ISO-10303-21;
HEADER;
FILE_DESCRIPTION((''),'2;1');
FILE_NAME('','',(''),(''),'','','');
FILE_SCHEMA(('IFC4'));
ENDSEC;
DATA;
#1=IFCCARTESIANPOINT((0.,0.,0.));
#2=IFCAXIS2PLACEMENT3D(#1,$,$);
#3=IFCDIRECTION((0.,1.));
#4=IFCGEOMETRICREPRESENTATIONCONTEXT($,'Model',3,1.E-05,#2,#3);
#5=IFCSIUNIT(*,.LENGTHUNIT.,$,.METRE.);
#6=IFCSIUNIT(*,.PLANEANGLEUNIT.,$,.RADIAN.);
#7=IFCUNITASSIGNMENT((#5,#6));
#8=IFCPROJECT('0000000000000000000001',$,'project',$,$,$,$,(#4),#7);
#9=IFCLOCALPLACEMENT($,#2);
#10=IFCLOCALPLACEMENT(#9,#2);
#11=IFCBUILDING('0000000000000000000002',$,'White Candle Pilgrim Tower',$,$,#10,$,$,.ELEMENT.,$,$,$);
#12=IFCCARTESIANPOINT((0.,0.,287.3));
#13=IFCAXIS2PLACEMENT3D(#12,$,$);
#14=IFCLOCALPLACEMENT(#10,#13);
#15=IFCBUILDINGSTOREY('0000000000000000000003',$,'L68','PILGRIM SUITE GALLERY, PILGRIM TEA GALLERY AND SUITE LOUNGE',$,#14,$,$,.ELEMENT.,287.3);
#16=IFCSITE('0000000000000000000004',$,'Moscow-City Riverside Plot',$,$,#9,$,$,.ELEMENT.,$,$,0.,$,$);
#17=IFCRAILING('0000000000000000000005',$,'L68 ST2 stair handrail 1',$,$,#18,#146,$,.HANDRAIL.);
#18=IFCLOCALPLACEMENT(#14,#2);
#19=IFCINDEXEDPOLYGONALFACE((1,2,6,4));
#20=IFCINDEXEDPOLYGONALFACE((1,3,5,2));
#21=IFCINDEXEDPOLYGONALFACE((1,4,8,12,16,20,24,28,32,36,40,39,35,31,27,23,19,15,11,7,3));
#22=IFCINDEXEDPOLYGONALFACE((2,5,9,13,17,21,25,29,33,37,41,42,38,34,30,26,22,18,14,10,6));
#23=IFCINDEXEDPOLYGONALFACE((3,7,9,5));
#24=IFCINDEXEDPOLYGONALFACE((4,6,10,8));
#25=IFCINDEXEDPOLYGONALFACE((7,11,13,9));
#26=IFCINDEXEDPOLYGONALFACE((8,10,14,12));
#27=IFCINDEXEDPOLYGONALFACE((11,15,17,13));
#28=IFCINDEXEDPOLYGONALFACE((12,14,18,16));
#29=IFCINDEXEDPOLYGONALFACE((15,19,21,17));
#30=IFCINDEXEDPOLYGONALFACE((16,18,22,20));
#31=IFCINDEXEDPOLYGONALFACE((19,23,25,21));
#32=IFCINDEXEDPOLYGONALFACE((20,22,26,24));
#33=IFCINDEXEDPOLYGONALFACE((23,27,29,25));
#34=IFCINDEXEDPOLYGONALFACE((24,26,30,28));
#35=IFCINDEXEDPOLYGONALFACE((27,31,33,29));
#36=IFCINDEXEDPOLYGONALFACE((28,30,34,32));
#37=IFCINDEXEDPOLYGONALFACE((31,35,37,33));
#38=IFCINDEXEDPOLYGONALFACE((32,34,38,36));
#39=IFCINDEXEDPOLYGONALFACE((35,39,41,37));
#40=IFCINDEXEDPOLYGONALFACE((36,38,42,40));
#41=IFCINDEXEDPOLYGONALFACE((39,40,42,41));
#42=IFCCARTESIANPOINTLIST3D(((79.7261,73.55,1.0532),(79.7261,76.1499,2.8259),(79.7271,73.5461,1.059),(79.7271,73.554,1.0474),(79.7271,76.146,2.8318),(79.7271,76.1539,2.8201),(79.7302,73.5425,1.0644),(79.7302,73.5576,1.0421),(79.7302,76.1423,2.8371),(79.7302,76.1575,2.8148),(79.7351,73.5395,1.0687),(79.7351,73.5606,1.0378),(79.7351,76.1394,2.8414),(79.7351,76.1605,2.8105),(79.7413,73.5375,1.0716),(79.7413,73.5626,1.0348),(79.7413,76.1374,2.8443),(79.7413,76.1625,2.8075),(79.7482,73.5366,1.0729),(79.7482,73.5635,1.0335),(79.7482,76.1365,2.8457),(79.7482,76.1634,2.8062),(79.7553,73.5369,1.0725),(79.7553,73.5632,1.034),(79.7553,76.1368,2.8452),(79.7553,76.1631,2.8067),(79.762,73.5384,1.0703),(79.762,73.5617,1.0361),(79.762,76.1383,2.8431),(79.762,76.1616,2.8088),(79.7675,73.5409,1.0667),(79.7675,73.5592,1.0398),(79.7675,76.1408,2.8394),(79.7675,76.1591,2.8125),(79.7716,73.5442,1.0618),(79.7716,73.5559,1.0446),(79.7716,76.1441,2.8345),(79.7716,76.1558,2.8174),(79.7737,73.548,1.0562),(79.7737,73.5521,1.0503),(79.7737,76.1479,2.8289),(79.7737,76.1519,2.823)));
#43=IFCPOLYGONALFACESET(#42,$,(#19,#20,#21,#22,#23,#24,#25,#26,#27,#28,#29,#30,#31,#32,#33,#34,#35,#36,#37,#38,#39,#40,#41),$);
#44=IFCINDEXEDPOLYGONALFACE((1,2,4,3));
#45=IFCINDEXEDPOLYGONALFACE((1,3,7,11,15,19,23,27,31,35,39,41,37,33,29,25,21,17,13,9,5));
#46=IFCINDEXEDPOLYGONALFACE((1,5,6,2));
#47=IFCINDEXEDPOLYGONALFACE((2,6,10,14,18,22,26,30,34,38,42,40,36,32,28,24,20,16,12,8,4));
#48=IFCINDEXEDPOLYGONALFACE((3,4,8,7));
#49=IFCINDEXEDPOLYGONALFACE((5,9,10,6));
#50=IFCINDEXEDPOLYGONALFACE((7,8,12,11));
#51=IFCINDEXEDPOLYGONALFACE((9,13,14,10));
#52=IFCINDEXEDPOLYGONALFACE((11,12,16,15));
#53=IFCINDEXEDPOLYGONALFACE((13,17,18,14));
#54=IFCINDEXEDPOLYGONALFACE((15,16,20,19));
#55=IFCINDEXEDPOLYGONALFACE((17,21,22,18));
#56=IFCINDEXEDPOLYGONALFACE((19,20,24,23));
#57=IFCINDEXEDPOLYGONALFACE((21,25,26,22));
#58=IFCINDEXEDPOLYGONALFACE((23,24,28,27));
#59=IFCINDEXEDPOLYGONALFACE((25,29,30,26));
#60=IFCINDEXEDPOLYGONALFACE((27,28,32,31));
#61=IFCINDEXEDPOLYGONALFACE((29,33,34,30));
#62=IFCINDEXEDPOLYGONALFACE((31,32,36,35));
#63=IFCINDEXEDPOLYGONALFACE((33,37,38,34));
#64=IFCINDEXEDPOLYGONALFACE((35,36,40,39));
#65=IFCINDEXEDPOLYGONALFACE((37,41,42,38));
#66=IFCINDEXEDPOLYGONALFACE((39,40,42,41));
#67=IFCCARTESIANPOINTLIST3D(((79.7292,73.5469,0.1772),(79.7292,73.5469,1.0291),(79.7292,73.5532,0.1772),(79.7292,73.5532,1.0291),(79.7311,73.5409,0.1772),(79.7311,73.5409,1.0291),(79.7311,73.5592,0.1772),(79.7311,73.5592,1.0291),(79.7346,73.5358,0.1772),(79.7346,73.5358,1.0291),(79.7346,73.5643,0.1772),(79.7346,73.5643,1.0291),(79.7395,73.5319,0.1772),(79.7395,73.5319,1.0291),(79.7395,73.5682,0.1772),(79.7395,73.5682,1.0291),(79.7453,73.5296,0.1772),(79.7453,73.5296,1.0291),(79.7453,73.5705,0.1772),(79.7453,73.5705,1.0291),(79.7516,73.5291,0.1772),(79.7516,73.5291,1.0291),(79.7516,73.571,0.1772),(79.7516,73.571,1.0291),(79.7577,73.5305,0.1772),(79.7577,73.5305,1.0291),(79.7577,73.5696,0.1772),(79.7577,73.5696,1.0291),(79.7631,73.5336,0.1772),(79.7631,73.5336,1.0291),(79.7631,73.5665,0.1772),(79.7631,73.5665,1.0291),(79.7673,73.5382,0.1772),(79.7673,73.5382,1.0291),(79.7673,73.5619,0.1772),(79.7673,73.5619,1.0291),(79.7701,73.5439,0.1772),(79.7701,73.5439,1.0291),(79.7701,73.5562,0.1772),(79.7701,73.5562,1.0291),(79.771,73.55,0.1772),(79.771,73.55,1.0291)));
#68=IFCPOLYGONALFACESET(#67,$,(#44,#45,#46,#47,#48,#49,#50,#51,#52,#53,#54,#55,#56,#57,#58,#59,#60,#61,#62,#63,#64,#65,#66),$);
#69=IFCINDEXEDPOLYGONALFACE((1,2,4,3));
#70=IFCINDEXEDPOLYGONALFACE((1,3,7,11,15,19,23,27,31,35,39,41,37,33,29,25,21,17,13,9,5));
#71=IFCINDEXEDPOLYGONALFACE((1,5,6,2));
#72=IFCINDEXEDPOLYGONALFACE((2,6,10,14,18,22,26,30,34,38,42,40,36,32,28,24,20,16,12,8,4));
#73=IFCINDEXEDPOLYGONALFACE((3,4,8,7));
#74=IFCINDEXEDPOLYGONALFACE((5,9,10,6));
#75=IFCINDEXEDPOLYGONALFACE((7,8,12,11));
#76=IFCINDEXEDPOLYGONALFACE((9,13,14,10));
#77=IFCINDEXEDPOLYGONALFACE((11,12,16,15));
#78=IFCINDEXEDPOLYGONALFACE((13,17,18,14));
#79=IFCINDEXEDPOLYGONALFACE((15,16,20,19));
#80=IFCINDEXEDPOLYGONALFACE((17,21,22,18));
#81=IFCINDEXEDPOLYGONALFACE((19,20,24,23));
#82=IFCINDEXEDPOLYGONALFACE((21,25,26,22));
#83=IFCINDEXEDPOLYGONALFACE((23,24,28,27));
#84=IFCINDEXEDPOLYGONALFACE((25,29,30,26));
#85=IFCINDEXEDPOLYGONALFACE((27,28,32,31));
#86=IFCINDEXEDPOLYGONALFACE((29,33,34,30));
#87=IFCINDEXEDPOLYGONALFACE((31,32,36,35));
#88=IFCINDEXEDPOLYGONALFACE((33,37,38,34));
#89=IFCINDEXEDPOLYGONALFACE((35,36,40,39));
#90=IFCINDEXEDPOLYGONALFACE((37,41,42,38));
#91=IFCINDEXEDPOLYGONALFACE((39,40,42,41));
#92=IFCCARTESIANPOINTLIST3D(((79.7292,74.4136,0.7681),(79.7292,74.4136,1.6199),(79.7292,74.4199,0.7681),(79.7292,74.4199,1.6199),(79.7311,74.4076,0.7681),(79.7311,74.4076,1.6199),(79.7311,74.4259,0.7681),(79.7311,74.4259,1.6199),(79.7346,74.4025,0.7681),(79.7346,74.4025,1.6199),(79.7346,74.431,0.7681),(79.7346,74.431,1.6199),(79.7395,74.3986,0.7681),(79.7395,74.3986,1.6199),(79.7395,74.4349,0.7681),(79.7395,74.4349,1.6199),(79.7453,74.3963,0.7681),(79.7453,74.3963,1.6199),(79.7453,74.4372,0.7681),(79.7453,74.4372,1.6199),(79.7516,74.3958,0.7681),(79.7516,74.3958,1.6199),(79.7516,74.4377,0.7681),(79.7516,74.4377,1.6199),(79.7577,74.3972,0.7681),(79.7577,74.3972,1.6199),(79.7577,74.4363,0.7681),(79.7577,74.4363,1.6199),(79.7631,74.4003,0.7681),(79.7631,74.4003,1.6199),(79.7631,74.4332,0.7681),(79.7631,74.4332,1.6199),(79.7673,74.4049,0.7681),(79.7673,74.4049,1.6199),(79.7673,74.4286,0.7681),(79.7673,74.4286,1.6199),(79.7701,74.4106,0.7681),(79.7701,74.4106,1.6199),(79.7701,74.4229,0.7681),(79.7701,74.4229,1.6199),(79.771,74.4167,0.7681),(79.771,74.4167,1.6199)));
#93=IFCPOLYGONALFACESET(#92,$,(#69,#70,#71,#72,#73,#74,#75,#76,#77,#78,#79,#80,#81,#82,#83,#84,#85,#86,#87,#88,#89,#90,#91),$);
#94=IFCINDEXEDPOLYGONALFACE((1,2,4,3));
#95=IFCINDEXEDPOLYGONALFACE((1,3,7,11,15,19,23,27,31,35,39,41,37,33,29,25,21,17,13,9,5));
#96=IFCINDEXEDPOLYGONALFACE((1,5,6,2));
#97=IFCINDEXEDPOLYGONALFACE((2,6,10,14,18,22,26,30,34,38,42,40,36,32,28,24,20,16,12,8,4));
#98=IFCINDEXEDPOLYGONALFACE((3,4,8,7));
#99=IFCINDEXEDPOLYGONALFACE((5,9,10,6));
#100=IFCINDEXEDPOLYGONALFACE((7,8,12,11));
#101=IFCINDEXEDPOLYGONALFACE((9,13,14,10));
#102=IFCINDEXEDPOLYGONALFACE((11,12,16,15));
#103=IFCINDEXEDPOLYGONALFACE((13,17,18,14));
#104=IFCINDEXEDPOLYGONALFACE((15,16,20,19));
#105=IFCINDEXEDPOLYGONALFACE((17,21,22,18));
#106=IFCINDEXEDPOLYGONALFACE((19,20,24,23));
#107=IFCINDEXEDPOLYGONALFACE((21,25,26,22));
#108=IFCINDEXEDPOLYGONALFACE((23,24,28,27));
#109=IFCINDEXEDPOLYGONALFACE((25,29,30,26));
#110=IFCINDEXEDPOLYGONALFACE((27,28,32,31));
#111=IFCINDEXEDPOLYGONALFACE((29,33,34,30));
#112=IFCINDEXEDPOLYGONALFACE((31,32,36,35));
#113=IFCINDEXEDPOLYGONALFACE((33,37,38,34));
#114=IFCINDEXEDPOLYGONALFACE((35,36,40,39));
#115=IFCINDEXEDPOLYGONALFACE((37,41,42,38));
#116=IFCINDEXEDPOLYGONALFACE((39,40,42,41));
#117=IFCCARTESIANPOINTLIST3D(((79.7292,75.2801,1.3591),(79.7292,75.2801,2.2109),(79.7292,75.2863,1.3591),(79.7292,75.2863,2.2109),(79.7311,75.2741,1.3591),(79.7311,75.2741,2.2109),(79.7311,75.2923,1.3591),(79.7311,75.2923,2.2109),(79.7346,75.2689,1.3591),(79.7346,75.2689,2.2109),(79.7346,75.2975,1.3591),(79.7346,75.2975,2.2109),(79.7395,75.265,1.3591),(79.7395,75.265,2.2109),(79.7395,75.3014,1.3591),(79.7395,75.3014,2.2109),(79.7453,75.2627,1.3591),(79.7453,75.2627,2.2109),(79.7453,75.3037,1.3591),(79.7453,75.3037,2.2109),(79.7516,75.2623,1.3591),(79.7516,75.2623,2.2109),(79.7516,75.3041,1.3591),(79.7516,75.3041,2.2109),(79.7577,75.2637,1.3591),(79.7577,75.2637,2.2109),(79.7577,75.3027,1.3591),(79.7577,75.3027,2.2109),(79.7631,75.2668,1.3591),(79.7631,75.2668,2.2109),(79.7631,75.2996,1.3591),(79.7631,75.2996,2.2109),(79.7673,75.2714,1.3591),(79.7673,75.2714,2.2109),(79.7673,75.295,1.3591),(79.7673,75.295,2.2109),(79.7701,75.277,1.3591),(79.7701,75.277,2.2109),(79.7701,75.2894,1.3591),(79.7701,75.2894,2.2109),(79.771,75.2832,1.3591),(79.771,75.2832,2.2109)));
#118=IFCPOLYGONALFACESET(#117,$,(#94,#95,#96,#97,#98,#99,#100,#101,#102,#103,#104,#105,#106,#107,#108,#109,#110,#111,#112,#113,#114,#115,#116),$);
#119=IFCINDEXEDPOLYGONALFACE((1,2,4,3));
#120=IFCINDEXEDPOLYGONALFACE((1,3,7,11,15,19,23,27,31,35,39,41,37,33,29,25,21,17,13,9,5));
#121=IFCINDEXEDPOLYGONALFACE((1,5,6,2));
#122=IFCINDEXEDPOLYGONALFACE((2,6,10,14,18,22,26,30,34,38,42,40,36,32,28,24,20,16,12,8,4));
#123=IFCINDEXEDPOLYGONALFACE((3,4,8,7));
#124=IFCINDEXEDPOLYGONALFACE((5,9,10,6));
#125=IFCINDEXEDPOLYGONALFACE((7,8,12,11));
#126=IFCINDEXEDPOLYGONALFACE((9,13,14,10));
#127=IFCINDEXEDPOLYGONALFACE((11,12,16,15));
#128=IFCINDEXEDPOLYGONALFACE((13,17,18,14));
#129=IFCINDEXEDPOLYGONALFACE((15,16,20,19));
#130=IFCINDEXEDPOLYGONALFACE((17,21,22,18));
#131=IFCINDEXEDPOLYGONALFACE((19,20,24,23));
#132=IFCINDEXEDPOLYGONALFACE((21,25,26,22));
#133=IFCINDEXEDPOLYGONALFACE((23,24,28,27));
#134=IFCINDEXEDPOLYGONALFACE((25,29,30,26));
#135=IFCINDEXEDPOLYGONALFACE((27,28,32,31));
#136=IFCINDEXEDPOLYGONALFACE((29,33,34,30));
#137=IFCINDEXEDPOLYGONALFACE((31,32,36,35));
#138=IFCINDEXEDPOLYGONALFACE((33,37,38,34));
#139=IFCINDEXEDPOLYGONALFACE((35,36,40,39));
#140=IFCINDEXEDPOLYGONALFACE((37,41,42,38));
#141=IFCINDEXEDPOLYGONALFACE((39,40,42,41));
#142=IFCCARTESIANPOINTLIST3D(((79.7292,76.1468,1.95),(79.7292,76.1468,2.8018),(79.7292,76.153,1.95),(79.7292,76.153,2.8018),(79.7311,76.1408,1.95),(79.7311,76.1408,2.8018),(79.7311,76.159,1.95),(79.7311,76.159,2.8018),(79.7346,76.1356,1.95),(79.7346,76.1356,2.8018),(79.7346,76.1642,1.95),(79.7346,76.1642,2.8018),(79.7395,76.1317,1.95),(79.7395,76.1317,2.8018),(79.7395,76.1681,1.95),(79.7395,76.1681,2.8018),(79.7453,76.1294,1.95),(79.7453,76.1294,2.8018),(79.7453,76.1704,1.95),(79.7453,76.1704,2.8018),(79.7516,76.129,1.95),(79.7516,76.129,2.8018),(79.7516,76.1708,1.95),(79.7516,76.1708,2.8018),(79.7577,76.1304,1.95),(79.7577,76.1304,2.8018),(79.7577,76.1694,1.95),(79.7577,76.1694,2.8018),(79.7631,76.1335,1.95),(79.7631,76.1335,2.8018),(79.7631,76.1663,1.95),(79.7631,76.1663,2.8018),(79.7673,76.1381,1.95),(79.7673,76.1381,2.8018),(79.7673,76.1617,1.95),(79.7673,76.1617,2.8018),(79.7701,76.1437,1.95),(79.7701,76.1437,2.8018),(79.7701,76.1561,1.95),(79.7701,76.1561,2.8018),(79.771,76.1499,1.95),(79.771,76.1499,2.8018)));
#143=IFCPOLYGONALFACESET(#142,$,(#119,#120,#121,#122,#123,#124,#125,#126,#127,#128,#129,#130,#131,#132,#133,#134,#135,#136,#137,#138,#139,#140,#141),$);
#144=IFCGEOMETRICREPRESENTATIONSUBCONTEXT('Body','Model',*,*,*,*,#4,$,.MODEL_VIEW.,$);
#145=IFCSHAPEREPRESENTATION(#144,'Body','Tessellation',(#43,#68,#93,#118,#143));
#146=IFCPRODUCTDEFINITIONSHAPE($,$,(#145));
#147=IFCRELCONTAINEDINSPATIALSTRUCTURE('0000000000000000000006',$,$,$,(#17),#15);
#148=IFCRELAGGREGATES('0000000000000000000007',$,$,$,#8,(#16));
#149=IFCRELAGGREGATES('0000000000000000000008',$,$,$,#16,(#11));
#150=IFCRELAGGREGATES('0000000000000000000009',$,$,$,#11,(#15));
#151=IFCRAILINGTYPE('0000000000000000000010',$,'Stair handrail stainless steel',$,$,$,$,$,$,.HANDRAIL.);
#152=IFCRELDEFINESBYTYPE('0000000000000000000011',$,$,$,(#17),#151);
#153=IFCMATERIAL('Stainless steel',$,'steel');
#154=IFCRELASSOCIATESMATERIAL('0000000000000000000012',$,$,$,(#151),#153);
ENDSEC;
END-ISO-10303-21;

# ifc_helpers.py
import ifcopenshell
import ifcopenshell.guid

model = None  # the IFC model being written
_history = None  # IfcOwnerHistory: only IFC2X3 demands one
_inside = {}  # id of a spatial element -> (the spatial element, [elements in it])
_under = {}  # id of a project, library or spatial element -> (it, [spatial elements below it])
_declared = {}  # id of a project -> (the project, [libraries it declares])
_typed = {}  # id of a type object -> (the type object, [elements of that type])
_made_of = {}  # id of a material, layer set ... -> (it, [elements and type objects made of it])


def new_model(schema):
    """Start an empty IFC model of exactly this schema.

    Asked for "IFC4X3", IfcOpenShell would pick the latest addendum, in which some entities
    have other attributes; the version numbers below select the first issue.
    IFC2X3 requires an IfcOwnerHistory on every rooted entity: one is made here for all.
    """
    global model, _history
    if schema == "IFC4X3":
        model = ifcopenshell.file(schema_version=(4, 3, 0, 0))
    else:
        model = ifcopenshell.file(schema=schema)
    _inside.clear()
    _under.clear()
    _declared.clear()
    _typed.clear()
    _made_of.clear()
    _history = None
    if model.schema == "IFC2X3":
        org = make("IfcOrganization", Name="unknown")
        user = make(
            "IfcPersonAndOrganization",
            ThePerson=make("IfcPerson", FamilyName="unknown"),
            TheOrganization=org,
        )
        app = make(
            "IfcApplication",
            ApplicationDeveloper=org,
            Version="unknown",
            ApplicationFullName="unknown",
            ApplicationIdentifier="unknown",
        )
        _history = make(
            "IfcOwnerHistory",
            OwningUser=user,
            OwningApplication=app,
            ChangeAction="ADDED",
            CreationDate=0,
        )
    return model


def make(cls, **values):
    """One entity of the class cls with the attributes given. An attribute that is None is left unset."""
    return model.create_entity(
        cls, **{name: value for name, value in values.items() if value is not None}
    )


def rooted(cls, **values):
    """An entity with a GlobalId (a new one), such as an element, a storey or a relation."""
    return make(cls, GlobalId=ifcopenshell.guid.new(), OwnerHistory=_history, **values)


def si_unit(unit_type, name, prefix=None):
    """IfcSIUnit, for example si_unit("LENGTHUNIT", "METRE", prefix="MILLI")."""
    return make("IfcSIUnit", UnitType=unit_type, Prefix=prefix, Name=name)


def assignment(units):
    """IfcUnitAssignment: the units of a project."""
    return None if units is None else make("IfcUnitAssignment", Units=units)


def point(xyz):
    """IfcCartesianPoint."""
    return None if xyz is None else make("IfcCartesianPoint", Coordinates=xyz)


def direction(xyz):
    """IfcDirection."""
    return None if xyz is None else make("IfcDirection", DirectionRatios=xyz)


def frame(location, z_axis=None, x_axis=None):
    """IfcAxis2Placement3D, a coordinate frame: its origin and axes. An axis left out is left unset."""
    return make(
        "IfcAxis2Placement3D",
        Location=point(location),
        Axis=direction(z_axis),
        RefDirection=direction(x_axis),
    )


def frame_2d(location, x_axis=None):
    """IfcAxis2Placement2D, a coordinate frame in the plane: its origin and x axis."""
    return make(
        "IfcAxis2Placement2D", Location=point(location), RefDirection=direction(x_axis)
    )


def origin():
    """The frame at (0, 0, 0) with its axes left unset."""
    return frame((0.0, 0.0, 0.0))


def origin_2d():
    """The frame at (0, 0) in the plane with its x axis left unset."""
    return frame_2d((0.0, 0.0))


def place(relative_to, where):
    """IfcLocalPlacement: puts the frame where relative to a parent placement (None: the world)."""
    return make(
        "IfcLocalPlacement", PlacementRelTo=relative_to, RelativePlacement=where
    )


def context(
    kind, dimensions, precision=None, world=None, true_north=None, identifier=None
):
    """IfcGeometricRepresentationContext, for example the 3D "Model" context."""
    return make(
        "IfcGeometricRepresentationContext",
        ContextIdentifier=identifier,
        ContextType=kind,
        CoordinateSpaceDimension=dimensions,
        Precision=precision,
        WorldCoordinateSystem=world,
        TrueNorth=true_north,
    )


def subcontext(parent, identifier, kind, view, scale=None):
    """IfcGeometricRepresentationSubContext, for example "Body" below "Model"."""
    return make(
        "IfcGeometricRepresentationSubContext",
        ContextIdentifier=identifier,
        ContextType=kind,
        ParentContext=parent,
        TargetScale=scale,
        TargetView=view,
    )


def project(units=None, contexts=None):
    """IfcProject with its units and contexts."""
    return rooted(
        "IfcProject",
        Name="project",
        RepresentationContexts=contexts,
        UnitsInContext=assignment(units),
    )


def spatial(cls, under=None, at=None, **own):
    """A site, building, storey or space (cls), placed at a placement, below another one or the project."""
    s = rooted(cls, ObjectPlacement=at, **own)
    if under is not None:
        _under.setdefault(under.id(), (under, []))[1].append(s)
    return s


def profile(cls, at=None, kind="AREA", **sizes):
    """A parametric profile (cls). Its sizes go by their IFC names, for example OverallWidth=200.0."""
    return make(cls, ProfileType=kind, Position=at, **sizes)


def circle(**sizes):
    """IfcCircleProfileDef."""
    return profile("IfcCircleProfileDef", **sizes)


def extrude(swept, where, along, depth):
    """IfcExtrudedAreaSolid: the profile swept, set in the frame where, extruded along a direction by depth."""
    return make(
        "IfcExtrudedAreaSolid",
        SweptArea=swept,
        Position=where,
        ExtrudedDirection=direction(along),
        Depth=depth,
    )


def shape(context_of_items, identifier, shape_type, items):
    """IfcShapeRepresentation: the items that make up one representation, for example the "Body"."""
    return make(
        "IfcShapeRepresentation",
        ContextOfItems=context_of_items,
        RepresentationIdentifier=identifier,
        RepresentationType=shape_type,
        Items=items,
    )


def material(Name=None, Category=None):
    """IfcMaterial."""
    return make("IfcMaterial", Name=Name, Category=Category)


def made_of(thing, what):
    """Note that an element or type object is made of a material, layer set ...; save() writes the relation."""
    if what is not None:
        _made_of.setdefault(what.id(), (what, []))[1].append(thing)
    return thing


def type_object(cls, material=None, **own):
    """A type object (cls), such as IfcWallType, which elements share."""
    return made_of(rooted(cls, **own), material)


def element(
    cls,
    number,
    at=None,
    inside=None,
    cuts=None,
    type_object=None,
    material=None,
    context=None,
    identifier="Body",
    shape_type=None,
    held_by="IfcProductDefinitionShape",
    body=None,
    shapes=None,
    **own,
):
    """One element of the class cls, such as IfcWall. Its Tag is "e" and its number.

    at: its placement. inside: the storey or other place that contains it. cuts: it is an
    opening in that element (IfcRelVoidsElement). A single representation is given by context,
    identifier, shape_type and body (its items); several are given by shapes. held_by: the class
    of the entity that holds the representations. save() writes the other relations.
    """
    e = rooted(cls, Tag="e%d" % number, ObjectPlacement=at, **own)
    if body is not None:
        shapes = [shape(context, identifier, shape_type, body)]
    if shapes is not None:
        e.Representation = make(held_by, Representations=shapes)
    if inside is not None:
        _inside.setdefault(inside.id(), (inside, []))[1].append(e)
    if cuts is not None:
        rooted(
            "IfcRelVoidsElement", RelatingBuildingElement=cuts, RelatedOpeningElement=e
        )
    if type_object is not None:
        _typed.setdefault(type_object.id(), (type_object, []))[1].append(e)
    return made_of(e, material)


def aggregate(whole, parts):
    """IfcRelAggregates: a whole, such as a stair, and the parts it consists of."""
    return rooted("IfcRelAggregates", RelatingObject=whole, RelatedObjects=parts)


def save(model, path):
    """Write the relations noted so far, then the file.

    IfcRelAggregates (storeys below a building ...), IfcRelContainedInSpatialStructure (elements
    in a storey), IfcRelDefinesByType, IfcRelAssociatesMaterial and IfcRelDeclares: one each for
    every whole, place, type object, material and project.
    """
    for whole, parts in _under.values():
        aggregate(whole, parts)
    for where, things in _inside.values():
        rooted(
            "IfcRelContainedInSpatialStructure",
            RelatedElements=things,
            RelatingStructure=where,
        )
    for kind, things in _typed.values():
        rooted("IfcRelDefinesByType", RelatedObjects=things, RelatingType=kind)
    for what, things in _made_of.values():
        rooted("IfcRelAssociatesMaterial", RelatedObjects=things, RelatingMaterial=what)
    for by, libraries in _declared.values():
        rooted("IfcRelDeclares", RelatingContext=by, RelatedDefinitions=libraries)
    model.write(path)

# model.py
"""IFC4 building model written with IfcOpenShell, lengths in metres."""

from ifc_helpers import new_model, si_unit, direction, frame, origin, origin_2d, place, context, subcontext, project, spatial, circle, extrude, material, type_object, element, save


model = new_model("IFC4")

# Units and contexts
model_context = context("Model", 3, precision=1e-05, world=origin(), true_north=direction((0.0, 1.0)))
body_context = subcontext(model_context, "Body", "Model", "MODEL_VIEW")
ifc_project = project(units=[si_unit("LENGTHUNIT", "METRE"), si_unit("PLANEANGLEUNIT", "RADIAN")], contexts=[model_context])

# Site, building, storey
site_placement = place(None, origin())
site = spatial("IfcSite", under=ifc_project, at=site_placement, Name="Moscow-City Riverside Plot", CompositionType="ELEMENT", RefElevation=0.0)
building_placement = place(site_placement, origin())
building = spatial("IfcBuilding", under=site, at=building_placement, Name="White Candle Pilgrim Tower", CompositionType="ELEMENT")
storey_placement = place(building_placement, frame((0.0, 0.0, 287.3)))
storey = spatial("IfcBuildingStorey", under=building, at=storey_placement, Name="L68", Description="PILGRIM SUITE GALLERY, PILGRIM TEA GALLERY AND SUITE LOUNGE", CompositionType="ELEMENT", Elevation=287.3)

# Railing
ifc_material_1 = material(Name="Stainless steel", Category="steel")
railing_type_1 = type_object("IfcRailingType", Name="Stair handrail stainless steel", PredefinedType="HANDRAIL", material=ifc_material_1)
railing_1_placement = place(storey_placement, frame((79.75, 73.55, 0.1772)))
element("IfcRailing", 1, at=railing_1_placement, inside=storey, type_object=railing_type_1, Name="L68 ST2 stair handrail 1", PredefinedType="HANDRAIL", context=body_context, shape_type="SweptSolid", body=[
    extrude(circle(Radius=0.0239, at=origin_2d()), frame((0.0, 0.0, 0.876), z_axis=(0.0, 0.826216, 0.563354), x_axis=(-1.0, 0.0, 0.0)), (0.0, 0.0, 1.0), 3.1467),
    extrude(circle(Radius=0.021, at=origin_2d()), origin(), (0.0, 0.0, 1.0), 0.8518),
    extrude(circle(Radius=0.021, at=origin_2d()), frame((0.0, 0.8667, 0.5908)), (0.0, 0.0, 1.0), 0.8518),
    extrude(circle(Radius=0.021, at=origin_2d()), frame((0.0, 1.7332, 1.1819)), (0.0, 0.0, 1.0), 0.8518),
    extrude(circle(Radius=0.021, at=origin_2d()), frame((0.0, 2.5999, 1.7727)), (0.0, 0.0, 1.0), 0.8518),
])

save(model, "model.ifc")
